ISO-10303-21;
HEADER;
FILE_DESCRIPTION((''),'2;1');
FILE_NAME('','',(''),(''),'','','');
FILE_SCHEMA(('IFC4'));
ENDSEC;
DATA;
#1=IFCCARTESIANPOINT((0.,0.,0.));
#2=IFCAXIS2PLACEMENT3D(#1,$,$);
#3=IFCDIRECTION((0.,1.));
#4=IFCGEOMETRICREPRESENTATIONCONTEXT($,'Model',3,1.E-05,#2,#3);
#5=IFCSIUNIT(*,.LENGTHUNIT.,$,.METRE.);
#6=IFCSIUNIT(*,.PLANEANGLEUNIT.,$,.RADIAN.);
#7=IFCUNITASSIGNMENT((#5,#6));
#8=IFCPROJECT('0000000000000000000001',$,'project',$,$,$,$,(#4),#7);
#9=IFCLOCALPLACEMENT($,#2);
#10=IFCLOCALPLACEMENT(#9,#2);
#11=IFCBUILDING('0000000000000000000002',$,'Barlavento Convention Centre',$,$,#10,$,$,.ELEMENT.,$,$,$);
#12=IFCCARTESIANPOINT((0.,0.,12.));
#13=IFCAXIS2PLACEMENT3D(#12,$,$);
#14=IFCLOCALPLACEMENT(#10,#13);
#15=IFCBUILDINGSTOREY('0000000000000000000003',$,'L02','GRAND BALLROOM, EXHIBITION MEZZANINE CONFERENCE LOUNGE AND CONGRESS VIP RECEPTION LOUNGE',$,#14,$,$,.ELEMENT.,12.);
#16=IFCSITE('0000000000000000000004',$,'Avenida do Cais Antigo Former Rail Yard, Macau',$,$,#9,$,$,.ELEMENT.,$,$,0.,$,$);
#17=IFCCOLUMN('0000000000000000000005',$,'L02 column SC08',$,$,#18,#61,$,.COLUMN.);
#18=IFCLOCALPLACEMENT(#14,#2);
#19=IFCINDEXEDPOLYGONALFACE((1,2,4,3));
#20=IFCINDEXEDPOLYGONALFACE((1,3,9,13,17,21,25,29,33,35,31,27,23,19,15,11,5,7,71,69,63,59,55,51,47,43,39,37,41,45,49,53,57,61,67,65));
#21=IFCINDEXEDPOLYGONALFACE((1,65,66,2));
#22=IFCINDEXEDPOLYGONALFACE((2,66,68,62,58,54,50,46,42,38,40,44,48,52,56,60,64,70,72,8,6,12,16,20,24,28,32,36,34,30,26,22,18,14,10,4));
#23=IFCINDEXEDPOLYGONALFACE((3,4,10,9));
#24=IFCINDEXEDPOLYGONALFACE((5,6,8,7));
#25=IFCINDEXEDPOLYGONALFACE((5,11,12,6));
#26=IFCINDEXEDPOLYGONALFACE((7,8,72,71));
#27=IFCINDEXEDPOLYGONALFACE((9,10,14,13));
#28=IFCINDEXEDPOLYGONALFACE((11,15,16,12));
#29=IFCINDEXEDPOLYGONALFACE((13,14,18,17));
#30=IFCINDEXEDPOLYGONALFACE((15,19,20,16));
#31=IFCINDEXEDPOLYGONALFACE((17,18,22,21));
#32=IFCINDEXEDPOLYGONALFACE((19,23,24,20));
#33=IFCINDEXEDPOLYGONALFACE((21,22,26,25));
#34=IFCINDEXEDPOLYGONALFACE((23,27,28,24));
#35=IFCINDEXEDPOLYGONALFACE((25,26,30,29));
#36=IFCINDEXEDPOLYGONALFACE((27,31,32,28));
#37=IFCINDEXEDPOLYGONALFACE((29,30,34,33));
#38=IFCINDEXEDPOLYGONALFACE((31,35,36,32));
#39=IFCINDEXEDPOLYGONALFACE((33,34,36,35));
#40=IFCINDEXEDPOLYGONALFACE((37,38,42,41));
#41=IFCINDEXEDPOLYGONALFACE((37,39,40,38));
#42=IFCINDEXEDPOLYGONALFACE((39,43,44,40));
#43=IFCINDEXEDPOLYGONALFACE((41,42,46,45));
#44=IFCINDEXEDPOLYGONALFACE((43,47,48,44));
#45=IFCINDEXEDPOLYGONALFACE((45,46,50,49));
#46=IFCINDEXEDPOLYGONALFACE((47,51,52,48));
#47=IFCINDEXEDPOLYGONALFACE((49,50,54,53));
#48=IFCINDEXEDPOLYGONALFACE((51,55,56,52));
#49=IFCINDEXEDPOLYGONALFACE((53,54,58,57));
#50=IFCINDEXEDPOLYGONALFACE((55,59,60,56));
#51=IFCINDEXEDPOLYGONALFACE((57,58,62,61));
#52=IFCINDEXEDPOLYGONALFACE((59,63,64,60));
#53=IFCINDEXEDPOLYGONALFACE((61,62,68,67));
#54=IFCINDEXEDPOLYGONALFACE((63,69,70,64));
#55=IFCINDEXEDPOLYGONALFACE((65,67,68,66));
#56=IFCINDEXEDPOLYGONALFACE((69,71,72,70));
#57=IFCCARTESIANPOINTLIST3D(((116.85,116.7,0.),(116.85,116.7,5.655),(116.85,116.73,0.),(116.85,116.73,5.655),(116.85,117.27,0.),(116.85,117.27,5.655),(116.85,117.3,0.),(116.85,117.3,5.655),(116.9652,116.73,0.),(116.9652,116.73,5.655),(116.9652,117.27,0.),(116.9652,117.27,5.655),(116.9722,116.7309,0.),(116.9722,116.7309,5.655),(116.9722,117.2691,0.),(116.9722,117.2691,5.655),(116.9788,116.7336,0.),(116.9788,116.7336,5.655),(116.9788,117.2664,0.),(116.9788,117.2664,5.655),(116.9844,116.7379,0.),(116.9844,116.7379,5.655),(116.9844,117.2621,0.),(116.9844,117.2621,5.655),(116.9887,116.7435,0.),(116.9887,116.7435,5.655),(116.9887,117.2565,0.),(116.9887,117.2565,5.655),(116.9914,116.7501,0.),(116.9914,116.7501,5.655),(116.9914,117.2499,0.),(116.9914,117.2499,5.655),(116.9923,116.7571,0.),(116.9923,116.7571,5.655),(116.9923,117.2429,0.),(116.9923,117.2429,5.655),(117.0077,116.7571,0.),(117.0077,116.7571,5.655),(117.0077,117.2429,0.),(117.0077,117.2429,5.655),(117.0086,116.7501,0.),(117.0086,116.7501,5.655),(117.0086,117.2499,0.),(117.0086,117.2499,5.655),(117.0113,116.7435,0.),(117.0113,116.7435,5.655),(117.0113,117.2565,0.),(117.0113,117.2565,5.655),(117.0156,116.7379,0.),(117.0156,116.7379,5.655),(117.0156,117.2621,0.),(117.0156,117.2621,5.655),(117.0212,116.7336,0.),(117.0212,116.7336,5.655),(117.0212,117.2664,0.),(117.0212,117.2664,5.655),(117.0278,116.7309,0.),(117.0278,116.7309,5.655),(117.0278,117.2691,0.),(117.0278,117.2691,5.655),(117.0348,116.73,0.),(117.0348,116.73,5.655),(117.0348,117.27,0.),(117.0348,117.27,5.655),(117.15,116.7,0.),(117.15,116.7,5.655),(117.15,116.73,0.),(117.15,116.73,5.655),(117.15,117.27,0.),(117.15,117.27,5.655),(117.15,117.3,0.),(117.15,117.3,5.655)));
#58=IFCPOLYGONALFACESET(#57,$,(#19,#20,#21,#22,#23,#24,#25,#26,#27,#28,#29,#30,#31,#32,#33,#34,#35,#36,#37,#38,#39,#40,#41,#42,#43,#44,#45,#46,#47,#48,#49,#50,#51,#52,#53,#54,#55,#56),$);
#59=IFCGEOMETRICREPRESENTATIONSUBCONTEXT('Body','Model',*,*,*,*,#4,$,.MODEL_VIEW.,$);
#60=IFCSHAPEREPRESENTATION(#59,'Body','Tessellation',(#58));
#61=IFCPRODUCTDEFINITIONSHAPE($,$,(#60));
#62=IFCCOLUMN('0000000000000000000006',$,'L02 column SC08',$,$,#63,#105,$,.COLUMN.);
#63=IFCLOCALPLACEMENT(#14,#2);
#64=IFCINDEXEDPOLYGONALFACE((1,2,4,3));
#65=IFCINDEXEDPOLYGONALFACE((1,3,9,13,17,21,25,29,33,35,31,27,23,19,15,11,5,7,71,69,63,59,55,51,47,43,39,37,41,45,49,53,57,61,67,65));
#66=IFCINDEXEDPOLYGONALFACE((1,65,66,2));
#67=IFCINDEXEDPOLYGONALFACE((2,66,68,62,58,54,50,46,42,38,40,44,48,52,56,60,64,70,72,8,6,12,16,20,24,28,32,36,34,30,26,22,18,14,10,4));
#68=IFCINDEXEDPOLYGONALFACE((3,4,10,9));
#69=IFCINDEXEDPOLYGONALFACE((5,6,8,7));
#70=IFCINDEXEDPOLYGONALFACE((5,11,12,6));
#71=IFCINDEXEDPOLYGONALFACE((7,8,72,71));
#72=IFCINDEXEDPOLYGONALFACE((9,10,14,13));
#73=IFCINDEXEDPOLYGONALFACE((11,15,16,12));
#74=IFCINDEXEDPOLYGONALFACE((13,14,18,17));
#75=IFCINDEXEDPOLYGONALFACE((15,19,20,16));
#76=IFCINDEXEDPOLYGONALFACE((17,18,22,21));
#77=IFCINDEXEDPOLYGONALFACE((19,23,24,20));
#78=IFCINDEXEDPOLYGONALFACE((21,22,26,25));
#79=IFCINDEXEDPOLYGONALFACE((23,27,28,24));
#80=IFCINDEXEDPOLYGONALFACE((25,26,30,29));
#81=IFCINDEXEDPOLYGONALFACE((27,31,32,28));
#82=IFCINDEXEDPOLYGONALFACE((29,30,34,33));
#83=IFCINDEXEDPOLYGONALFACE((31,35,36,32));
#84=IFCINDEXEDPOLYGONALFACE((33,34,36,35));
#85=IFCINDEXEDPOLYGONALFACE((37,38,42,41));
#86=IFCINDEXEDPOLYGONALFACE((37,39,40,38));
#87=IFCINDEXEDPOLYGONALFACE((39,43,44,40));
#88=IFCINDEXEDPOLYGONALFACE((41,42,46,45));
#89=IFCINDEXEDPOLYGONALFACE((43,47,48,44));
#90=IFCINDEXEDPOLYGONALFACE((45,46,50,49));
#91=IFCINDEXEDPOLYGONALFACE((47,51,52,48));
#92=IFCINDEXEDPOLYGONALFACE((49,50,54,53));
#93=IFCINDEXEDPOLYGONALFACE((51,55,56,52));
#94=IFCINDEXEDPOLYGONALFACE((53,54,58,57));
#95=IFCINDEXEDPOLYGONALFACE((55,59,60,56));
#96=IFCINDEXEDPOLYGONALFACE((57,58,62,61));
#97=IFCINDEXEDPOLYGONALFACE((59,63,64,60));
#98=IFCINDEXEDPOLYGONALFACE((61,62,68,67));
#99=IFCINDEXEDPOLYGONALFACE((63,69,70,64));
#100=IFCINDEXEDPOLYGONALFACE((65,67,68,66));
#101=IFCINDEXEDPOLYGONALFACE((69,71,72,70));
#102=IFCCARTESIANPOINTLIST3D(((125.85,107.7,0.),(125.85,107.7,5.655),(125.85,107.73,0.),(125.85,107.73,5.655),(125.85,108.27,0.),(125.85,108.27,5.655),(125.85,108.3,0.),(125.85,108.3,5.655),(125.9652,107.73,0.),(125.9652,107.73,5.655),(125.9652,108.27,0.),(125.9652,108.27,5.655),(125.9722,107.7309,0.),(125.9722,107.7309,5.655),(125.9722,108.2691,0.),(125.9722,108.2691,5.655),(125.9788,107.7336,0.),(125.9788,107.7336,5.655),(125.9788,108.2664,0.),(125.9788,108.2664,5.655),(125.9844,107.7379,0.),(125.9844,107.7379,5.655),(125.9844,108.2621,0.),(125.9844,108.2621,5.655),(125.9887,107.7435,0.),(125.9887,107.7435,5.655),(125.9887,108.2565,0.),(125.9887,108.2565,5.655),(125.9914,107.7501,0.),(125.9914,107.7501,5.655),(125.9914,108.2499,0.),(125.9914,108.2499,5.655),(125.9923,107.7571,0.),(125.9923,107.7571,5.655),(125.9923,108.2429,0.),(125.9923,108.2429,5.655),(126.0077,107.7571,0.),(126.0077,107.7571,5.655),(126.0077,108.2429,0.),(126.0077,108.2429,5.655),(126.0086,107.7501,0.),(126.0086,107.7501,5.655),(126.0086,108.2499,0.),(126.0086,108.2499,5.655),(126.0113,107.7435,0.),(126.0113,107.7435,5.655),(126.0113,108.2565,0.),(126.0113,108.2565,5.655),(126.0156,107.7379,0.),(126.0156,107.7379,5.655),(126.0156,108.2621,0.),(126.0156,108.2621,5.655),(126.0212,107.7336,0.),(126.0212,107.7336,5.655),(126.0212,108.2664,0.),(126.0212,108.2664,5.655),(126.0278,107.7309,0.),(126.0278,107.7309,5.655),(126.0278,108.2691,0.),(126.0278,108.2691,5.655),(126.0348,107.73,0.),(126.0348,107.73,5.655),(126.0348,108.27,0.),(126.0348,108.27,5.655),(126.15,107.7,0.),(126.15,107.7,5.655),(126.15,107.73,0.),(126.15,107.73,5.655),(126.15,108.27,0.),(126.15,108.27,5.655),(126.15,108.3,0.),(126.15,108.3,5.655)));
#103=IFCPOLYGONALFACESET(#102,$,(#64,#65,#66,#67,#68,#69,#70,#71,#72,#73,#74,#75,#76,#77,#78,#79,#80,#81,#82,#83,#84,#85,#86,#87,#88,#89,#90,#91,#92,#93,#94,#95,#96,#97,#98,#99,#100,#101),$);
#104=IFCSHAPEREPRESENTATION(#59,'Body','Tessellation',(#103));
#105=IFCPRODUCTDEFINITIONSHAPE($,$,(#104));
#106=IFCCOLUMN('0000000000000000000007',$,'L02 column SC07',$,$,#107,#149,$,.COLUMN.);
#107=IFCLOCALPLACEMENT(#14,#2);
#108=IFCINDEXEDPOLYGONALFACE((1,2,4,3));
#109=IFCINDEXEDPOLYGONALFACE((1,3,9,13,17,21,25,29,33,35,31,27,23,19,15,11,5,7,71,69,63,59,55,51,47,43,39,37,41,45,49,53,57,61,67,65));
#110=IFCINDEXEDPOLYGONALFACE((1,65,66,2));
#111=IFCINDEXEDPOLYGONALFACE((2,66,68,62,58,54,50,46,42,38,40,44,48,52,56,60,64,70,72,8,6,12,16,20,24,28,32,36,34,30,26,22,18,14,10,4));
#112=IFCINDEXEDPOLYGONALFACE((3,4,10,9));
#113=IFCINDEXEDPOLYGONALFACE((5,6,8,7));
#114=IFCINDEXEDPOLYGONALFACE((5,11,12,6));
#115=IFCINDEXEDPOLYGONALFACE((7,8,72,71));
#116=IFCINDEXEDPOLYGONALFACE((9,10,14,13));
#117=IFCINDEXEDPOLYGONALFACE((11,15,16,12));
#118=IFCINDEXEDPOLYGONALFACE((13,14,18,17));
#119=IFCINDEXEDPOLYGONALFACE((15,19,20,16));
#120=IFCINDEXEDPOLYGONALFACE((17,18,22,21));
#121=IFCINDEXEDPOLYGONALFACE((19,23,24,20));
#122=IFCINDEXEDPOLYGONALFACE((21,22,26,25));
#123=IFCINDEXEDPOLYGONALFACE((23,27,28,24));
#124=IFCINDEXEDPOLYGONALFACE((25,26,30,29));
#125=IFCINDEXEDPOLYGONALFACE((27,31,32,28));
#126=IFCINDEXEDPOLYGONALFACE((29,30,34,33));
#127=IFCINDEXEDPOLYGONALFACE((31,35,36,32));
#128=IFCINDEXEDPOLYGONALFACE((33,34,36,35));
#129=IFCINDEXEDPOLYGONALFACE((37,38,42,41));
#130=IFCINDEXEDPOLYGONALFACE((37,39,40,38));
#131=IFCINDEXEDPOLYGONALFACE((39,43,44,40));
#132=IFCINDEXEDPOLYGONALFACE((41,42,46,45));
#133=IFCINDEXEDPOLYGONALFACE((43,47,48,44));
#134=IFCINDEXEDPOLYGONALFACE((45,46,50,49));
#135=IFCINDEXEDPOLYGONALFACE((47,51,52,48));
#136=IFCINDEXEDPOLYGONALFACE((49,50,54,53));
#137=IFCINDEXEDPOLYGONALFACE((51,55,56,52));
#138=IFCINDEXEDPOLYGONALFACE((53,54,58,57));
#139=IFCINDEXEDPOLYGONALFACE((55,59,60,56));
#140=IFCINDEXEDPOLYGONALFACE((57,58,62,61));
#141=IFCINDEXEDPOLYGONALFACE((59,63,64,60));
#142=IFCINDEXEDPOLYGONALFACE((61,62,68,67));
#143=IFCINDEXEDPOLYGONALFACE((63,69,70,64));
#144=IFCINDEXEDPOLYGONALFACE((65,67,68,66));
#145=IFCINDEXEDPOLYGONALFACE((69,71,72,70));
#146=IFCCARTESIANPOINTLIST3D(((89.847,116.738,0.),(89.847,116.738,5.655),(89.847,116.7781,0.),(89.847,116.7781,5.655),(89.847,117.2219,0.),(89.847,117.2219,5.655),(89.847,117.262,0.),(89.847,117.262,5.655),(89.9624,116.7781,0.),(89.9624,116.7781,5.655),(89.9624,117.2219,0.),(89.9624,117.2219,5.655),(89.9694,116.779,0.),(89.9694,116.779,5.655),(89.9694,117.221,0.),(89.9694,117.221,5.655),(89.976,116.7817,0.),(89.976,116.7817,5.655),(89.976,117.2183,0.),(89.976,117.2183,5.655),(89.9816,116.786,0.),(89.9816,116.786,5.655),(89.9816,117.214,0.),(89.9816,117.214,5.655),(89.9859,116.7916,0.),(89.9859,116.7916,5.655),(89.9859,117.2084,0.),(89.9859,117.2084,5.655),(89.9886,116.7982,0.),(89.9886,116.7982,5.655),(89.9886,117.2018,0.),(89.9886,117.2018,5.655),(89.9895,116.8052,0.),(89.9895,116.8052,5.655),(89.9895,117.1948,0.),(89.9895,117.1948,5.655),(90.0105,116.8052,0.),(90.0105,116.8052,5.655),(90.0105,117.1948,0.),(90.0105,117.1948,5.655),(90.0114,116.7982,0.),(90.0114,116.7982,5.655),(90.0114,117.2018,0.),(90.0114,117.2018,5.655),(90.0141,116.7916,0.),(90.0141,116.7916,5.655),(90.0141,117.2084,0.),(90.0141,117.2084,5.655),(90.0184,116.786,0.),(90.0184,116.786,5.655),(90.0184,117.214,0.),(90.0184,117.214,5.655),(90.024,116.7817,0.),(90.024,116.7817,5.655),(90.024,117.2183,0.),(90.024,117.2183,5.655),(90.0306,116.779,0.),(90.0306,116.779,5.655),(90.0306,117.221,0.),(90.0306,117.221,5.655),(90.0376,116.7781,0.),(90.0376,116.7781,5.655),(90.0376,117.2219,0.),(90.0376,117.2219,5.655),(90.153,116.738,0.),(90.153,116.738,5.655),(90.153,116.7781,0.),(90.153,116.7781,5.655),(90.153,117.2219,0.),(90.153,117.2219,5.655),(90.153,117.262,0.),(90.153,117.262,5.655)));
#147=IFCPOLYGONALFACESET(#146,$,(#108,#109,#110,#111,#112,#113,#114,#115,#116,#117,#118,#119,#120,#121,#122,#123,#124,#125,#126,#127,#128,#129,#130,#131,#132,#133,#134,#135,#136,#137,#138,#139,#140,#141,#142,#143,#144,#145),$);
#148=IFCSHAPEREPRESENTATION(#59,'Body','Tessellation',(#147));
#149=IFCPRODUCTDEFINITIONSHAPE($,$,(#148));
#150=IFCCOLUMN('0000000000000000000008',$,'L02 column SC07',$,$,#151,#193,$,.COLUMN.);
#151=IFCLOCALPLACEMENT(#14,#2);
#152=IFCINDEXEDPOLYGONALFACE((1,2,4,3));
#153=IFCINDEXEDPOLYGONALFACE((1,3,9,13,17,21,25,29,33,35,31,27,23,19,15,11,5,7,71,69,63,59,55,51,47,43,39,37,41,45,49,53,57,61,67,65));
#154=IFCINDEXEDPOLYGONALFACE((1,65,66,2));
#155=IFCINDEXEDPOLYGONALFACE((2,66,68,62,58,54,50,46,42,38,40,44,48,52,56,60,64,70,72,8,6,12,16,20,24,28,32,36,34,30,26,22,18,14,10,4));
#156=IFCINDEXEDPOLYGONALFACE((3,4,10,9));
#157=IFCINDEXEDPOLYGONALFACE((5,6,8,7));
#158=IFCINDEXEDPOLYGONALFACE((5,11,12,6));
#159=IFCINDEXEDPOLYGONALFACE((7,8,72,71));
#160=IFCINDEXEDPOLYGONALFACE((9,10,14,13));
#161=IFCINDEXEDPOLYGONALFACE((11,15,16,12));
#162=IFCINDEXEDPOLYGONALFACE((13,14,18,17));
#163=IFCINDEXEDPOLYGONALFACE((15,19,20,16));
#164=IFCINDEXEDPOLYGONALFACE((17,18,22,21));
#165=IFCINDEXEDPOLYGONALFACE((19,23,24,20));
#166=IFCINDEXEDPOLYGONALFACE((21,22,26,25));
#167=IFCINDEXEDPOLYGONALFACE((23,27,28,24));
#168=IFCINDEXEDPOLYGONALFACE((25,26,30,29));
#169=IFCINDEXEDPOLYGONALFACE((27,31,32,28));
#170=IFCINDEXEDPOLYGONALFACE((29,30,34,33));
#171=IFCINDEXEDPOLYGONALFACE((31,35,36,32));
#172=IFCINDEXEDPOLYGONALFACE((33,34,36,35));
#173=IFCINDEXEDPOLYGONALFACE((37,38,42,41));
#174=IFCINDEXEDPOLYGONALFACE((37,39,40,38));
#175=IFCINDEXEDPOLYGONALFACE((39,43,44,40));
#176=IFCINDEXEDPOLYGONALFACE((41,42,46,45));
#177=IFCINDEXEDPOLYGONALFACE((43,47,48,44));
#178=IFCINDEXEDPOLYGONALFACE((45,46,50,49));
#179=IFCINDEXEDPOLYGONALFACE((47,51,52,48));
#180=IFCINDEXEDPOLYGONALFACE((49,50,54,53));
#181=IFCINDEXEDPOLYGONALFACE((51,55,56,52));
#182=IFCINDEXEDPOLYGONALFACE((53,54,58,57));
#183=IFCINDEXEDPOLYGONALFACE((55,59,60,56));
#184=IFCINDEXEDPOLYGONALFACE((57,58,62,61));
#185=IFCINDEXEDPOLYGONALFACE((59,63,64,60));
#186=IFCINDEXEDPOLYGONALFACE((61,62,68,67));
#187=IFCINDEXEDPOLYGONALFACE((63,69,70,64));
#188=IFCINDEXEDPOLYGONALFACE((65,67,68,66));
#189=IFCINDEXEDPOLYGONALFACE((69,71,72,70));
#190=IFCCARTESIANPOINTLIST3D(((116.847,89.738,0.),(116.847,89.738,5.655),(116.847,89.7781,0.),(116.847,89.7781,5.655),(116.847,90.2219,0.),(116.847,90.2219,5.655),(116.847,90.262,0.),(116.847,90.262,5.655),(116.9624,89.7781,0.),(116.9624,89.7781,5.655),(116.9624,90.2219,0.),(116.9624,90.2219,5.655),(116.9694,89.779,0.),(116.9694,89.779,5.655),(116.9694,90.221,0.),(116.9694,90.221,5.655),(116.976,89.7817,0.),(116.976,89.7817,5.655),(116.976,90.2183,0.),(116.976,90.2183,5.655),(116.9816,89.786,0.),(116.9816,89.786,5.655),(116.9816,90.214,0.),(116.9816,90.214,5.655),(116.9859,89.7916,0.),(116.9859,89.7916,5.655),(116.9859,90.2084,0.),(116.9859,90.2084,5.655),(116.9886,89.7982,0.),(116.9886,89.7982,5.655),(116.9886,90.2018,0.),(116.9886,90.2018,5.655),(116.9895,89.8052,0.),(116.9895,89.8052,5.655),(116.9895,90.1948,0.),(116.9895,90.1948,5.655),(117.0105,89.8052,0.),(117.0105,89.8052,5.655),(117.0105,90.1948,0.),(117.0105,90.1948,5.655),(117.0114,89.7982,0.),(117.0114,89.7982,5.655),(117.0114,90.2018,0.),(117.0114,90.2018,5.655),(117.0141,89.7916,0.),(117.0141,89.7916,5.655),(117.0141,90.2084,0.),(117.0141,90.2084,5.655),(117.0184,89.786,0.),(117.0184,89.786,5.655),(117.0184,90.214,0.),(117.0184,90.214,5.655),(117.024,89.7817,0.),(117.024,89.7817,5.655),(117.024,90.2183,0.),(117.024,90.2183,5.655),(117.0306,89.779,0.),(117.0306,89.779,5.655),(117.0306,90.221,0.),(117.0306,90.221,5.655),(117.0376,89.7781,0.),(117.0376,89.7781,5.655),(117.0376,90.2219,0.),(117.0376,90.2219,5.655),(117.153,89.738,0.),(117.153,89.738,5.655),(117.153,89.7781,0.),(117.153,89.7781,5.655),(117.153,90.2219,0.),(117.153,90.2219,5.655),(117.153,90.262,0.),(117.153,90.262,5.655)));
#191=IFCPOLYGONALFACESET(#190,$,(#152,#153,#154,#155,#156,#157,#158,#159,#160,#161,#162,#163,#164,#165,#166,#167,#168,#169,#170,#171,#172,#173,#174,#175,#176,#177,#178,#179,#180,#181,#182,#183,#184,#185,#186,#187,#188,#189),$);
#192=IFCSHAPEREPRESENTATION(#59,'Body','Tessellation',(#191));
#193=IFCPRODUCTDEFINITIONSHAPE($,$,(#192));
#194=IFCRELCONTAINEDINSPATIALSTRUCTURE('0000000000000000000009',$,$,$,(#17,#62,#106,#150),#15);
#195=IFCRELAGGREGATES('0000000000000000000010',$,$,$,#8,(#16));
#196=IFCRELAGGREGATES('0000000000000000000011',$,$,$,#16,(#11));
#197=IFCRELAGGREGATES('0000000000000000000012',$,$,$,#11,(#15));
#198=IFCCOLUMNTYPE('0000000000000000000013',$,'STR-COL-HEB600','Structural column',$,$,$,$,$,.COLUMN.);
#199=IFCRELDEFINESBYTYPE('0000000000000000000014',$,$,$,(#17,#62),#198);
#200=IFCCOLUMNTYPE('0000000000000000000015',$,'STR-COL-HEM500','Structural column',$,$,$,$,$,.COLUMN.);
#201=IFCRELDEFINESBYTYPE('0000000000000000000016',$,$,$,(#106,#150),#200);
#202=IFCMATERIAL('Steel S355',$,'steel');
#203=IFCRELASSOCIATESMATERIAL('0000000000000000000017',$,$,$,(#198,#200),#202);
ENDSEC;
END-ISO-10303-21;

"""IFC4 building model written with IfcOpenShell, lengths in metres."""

from ifc_helpers import new_model, si_unit, direction, frame, origin, origin_2d, place, context, subcontext, project, spatial, i_section, extrude, material, material_profile, profile_set, type_object, element, save


model = new_model("IFC4")

# Units and contexts
model_context = context("Model", 3, precision=1e-05, world=origin(), true_north=direction((0.0, 1.0)))
body_context = subcontext(model_context, "Body", "Model", "MODEL_VIEW")
ifc_project = project(units=[si_unit("LENGTHUNIT", "METRE"), si_unit("PLANEANGLEUNIT", "RADIAN")], contexts=[model_context])

# Site, building, storey
site_placement = place(None, origin())
site = spatial("IfcSite", under=ifc_project, at=site_placement, Name="Avenida do Cais Antigo Former Rail Yard, Macau", CompositionType="ELEMENT", RefElevation=0.0)
building_placement = place(site_placement, origin())
building = spatial("IfcBuilding", under=site, at=building_placement, Name="Barlavento Convention Centre", CompositionType="ELEMENT")
storey_placement = place(building_placement, frame((0.0, 0.0, 12.0)))
storey = spatial("IfcBuildingStorey", under=building, at=storey_placement, Name="L02", Description="GRAND BALLROOM, EXHIBITION MEZZANINE CONFERENCE LOUNGE AND CONGRESS VIP RECEPTION LOUNGE", CompositionType="ELEMENT", Elevation=12.0)

# Columns
ifc_material_1 = material(Name="Steel S355", Category="steel")
ifc_material_profile_1 = material_profile(ifc_material_1, i_section(OverallWidth=0.3, OverallDepth=0.6001, WebThickness=0.0154, FlangeThickness=0.03, FilletRadius=0.0271, at=origin_2d()), Name="HEB 600")
ifc_profile_set_1 = profile_set([ifc_material_profile_1], Name="Steel S355")
column_type_1 = type_object("IfcColumnType", Name="STR-COL-HEB600", Description="Structural column", PredefinedType="COLUMN", material=ifc_profile_set_1)
for number, where, z_axis, x_axis, name in (
    (1, (117.0, 117.0, 0.0), (0.0, 0.0, 1.0), (1.0, 0.0, 0.0), "L02 column SC08"),
    (2, (126.0, 108.0, 0.0), (0.0, 0.0, 1.0), (1.0, 0.0, 0.0), "L02 column SC08"),
):
    element("IfcColumn", number, at=place(storey_placement, frame(where, z_axis=z_axis, x_axis=x_axis)), inside=storey, type_object=column_type_1, Name=name, PredefinedType="COLUMN", context=body_context, shape_type="SweptSolid", body=[
        extrude(i_section(OverallWidth=0.3, OverallDepth=0.6001, WebThickness=0.0154, FlangeThickness=0.03, FilletRadius=0.0271, at=origin_2d()), origin(), (0.0, 0.0, 1.0), 5.655),
    ])
ifc_material_profile_2 = material_profile(ifc_material_1, i_section(OverallWidth=0.3059, OverallDepth=0.5239, WebThickness=0.021, FlangeThickness=0.04, FilletRadius=0.0271, at=origin_2d()), Name="HEM 500")
ifc_profile_set_2 = profile_set([ifc_material_profile_2], Name="Steel S355")
column_type_2 = type_object("IfcColumnType", Name="STR-COL-HEM500", Description="Structural column", PredefinedType="COLUMN", material=ifc_profile_set_2)
for number, where, z_axis, x_axis, name in (
    (3, (90.0, 117.0, 0.0), (0.0, 0.0, 1.0), (1.0, 0.0, 0.0), "L02 column SC07"),
    (4, (117.0, 90.0, 0.0), (0.0, 0.0, 1.0), (1.0, 0.0, 0.0), "L02 column SC07"),
):
    element("IfcColumn", number, at=place(storey_placement, frame(where, z_axis=z_axis, x_axis=x_axis)), inside=storey, type_object=column_type_2, Name=name, PredefinedType="COLUMN", context=body_context, shape_type="SweptSolid", body=[
        extrude(i_section(OverallWidth=0.3059, OverallDepth=0.5239, WebThickness=0.021, FlangeThickness=0.04, FilletRadius=0.0271, at=origin_2d()), origin(), (0.0, 0.0, 1.0), 5.655),
    ])

save(model, "model.ifc")
